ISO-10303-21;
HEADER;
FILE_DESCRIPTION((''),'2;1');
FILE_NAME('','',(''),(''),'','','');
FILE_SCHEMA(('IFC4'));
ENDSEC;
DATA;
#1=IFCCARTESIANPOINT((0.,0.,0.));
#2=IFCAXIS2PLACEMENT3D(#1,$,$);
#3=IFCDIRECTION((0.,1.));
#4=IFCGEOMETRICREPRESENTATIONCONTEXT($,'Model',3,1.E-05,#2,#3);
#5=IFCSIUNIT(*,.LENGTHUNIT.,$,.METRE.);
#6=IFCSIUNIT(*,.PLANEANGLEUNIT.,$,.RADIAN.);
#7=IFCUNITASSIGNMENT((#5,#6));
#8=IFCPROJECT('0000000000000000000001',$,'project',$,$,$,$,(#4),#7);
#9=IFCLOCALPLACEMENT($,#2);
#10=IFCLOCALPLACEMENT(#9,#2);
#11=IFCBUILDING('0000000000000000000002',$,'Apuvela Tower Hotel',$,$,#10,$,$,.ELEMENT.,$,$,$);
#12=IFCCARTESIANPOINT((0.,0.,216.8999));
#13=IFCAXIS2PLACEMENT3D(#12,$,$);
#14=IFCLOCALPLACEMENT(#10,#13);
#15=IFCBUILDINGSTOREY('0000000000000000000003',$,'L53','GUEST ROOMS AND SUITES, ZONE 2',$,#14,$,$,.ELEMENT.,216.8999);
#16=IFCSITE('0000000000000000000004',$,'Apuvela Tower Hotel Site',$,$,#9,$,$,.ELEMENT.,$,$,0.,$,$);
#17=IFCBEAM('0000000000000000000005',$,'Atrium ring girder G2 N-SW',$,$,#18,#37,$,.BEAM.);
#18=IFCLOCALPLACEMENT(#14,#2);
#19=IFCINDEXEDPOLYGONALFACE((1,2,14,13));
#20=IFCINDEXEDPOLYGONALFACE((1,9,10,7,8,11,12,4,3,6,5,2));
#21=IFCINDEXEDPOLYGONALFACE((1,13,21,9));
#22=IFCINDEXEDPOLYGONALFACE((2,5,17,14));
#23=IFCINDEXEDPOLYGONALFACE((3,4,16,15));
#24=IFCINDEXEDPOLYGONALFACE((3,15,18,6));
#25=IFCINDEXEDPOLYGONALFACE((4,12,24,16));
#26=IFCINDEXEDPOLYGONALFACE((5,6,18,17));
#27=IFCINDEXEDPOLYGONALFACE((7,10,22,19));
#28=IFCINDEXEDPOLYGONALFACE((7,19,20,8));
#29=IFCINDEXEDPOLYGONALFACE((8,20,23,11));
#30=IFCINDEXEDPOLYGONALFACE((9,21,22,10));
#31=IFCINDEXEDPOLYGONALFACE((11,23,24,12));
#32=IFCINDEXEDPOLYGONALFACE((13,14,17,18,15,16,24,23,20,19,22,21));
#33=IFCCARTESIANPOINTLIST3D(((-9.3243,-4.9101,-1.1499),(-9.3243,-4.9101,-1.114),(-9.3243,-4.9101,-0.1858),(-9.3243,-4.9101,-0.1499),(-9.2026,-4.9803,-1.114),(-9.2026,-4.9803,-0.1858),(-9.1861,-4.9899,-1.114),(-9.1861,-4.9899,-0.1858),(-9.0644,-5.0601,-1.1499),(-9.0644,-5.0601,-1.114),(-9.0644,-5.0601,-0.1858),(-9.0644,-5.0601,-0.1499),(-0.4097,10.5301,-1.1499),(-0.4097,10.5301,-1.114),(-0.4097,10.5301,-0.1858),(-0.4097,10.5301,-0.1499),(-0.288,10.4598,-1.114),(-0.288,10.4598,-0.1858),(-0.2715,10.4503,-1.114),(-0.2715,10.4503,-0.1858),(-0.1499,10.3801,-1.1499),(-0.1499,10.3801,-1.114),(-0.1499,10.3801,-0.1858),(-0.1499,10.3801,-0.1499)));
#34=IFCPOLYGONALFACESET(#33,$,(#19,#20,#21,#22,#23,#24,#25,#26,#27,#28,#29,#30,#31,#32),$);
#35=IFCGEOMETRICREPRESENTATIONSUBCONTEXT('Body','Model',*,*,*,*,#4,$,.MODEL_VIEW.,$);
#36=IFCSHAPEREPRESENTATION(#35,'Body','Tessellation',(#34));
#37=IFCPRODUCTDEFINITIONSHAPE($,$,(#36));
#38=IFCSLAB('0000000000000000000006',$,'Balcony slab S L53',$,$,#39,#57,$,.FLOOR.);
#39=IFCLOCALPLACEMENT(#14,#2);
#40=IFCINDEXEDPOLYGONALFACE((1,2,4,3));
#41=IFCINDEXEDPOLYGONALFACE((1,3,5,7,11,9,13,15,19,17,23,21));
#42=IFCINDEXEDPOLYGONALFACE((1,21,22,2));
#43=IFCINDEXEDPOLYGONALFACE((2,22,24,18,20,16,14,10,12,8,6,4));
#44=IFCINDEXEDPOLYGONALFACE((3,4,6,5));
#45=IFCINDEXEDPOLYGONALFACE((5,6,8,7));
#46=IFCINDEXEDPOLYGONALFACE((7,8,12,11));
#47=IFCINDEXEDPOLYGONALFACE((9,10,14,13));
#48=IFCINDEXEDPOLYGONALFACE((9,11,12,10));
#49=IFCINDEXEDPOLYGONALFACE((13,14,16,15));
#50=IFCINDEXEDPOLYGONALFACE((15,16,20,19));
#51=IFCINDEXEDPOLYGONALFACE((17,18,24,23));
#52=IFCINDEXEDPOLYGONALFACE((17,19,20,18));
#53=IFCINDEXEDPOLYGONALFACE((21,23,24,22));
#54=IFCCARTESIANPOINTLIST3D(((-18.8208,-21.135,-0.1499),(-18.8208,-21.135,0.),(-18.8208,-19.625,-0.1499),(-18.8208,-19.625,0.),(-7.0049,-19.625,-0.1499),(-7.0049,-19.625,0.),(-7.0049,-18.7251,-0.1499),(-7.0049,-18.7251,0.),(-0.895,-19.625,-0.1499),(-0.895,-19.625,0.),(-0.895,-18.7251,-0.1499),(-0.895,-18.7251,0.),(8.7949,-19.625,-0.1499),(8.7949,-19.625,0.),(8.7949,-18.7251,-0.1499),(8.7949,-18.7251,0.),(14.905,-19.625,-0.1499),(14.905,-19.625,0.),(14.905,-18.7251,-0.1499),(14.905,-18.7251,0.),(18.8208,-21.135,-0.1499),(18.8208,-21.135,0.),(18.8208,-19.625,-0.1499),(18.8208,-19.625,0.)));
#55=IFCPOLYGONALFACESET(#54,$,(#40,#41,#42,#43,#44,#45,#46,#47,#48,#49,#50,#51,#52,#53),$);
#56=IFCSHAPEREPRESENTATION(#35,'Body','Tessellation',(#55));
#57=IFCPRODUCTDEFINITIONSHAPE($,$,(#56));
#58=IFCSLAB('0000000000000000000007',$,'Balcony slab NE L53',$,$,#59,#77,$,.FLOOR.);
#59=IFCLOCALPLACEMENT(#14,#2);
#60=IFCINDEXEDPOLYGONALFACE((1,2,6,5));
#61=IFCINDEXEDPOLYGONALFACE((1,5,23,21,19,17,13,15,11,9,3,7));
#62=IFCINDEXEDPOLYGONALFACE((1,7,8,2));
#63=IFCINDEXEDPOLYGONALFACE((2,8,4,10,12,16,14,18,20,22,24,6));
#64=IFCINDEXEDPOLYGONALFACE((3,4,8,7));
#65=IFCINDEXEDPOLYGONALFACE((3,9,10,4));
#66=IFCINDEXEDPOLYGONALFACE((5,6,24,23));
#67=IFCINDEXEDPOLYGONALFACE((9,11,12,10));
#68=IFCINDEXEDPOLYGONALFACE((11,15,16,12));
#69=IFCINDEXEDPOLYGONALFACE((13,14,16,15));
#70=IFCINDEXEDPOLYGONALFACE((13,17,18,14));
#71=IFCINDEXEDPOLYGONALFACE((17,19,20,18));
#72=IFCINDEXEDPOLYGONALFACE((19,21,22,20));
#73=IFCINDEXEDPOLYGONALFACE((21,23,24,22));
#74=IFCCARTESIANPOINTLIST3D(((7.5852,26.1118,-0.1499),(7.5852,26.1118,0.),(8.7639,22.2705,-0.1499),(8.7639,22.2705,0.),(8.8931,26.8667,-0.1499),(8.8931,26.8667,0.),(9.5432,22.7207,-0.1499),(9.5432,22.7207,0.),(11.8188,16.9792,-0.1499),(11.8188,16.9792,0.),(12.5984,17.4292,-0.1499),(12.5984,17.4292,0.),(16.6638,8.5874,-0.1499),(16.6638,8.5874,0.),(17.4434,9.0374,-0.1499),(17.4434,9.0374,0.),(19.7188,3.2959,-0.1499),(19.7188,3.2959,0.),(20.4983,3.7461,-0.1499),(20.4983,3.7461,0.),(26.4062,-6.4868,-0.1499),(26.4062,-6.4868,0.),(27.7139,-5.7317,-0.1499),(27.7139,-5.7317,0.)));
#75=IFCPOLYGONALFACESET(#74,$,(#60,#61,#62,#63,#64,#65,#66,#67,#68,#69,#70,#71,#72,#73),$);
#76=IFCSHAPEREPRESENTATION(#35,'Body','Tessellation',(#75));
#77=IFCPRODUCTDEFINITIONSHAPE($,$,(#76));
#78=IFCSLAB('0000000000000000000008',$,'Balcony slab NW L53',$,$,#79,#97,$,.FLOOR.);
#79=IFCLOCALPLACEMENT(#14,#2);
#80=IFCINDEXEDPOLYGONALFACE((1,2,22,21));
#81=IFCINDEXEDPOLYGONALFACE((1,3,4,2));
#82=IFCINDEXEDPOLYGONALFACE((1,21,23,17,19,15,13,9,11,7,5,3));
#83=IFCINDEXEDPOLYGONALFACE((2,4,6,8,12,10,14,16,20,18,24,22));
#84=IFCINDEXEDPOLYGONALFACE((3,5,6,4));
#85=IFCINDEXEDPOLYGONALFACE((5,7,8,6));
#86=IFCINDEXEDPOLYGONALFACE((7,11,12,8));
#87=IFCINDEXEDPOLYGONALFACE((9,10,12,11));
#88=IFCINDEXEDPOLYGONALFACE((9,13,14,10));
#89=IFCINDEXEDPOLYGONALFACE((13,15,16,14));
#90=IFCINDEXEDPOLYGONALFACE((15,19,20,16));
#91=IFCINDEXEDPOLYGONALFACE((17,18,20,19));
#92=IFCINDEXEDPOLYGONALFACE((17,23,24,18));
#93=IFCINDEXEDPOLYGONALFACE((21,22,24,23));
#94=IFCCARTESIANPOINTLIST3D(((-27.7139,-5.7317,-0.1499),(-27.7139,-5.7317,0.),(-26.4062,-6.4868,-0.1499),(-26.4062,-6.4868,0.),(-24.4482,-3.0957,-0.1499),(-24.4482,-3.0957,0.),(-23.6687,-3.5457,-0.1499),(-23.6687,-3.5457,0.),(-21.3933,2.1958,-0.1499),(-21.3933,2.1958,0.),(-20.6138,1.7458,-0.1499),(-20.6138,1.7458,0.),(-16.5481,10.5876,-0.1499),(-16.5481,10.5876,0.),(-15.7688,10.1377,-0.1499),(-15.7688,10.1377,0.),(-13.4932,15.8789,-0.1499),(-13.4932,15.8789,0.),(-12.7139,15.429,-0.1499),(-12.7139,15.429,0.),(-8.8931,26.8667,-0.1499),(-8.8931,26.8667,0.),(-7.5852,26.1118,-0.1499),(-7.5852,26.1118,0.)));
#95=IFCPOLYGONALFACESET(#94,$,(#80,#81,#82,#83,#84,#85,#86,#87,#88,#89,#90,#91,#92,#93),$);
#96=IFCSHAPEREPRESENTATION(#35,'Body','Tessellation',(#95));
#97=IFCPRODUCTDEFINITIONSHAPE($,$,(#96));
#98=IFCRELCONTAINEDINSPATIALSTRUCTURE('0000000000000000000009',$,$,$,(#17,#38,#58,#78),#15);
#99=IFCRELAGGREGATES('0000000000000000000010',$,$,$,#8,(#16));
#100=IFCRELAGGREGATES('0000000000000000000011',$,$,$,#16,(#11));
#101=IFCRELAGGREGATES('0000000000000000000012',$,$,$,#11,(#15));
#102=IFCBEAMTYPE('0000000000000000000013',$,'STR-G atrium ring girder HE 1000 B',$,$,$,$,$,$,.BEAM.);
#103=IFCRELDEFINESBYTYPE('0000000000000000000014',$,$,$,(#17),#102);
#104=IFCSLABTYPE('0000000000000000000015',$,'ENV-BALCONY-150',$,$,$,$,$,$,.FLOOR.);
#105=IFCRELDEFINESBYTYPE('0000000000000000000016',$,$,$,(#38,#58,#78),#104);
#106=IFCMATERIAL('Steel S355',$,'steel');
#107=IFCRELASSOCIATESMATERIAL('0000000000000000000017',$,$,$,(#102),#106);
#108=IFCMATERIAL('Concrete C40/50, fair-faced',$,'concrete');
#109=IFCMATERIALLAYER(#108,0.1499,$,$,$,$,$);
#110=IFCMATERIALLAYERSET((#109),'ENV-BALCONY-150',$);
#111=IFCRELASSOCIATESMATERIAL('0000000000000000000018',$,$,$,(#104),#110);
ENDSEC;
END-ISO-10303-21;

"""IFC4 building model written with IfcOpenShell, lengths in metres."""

from ifc_helpers import new_model, si_unit, direction, frame, origin, origin_2d, place, context, subcontext, project, spatial, polyline, i_section, outline, extrude, material, layer, layer_set, material_profile, profile_set, type_object, element, save


model = new_model("IFC4")

# Units and contexts
model_context = context("Model", 3, precision=1e-05, world=origin(), true_north=direction((0.0, 1.0)))
body_context = subcontext(model_context, "Body", "Model", "MODEL_VIEW")
ifc_project = project(units=[si_unit("LENGTHUNIT", "METRE"), si_unit("PLANEANGLEUNIT", "RADIAN")], contexts=[model_context])

# Site, building, storey
site_placement = place(None, origin())
site = spatial("IfcSite", under=ifc_project, at=site_placement, Name="Apuvela Tower Hotel Site", CompositionType="ELEMENT", RefElevation=0.0)
building_placement = place(site_placement, origin())
building = spatial("IfcBuilding", under=site, at=building_placement, Name="Apuvela Tower Hotel", CompositionType="ELEMENT")
storey_placement = place(building_placement, frame((0.0, 0.0, 216.8999)))
storey = spatial("IfcBuildingStorey", under=building, at=storey_placement, Name="L53", Description="GUEST ROOMS AND SUITES, ZONE 2", CompositionType="ELEMENT", Elevation=216.8999)

# Beam
ifc_material_1 = material(Name="Steel S355", Category="steel")
ifc_material_profile = material_profile(ifc_material_1, i_section(OverallWidth=0.3, OverallDepth=1.0, WebThickness=0.019, FlangeThickness=0.0359, at=origin_2d()), Name="HE 1000 B")
ifc_profile_set = profile_set([ifc_material_profile], Name="Steel S355")
beam_type = type_object("IfcBeamType", Name="STR-G atrium ring girder HE 1000 B", PredefinedType="BEAM", material=ifc_profile_set)
beam_placement = place(storey_placement, frame((-0.2798, 10.4551, -0.6499), z_axis=(-0.500007, -0.866022, 0.0), x_axis=(0.866022, -0.500007, 0.0)))
element("IfcBeam", 1, at=beam_placement, inside=storey, type_object=beam_type, Name="Atrium ring girder G2 N-SW", PredefinedType="BEAM", context=body_context, shape_type="SweptSolid", body=[
    extrude(i_section(OverallWidth=0.3, OverallDepth=1.0, WebThickness=0.019, FlangeThickness=0.0359, at=origin_2d()), origin(), (0.0, 0.0, 1.0), 17.8289),
])

# Slabs
ifc_material_2 = material(Name="Concrete C40/50, fair-faced", Category="concrete")
ifc_layer_1 = layer(ifc_material_2, 0.1499)
ifc_layer_set_1 = layer_set([ifc_layer_1], Name="ENV-BALCONY-150")
slab_type_1 = type_object("IfcSlabType", Name="ENV-BALCONY-150", PredefinedType="FLOOR", material=ifc_layer_set_1)
slab_1_placement = place(storey_placement, frame((0.0, 0.0, -0.1499)))
element("IfcSlab", 2, at=slab_1_placement, inside=storey, type_object=slab_type_1, Name="Balcony slab S L53", PredefinedType="FLOOR", context=body_context, shape_type="SweptSolid", body=[
    extrude(outline(polyline([(18.8208, -21.135), (-18.8208, -21.135), (-18.8208, -19.625), (-7.0049, -19.625), (-7.0049, -18.7251), (-0.895, -18.7251), (-0.895, -19.625), (8.7949, -19.625), (8.7949, -18.7251), (14.905, -18.7251), (14.905, -19.625), (18.8208, -19.625), (18.8208, -21.135)])), origin(), (0.0, 0.0, 1.0), 0.1499),
])
slab_2_placement = place(storey_placement, frame((0.0, 0.0, -0.1499)))
element("IfcSlab", 3, at=slab_2_placement, inside=storey, type_object=slab_type_1, Name="Balcony slab NE L53", PredefinedType="FLOOR", context=body_context, shape_type="SweptSolid", body=[
    extrude(outline(polyline([(17.4434, 9.0374), (12.5984, 17.4292), (11.8188, 16.9792), (8.7639, 22.2705), (9.5432, 22.7207), (7.5852, 26.1118), (8.8931, 26.8667), (27.7139, -5.7317), (26.4062, -6.4868), (20.4983, 3.7461), (19.7188, 3.2959), (16.6638, 8.5874), (17.4434, 9.0374)])), origin(), (0.0, 0.0, 1.0), 0.1499),
])
slab_3_placement = place(storey_placement, frame((0.0, 0.0, -0.1499)))
element("IfcSlab", 4, at=slab_3_placement, inside=storey, type_object=slab_type_1, Name="Balcony slab NW L53", PredefinedType="FLOOR", context=body_context, shape_type="SweptSolid", body=[
    extrude(outline(polyline([(-27.7139, -5.7317), (-8.8931, 26.8667), (-7.5852, 26.1118), (-13.4932, 15.8789), (-12.7139, 15.429), (-15.7688, 10.1377), (-16.5481, 10.5876), (-21.3933, 2.1958), (-20.6138, 1.7458), (-23.6687, -3.5457), (-24.4482, -3.0957), (-26.4062, -6.4868), (-27.7139, -5.7317)])), origin(), (0.0, 0.0, 1.0), 0.1499),
])

save(model, "model.ifc")
